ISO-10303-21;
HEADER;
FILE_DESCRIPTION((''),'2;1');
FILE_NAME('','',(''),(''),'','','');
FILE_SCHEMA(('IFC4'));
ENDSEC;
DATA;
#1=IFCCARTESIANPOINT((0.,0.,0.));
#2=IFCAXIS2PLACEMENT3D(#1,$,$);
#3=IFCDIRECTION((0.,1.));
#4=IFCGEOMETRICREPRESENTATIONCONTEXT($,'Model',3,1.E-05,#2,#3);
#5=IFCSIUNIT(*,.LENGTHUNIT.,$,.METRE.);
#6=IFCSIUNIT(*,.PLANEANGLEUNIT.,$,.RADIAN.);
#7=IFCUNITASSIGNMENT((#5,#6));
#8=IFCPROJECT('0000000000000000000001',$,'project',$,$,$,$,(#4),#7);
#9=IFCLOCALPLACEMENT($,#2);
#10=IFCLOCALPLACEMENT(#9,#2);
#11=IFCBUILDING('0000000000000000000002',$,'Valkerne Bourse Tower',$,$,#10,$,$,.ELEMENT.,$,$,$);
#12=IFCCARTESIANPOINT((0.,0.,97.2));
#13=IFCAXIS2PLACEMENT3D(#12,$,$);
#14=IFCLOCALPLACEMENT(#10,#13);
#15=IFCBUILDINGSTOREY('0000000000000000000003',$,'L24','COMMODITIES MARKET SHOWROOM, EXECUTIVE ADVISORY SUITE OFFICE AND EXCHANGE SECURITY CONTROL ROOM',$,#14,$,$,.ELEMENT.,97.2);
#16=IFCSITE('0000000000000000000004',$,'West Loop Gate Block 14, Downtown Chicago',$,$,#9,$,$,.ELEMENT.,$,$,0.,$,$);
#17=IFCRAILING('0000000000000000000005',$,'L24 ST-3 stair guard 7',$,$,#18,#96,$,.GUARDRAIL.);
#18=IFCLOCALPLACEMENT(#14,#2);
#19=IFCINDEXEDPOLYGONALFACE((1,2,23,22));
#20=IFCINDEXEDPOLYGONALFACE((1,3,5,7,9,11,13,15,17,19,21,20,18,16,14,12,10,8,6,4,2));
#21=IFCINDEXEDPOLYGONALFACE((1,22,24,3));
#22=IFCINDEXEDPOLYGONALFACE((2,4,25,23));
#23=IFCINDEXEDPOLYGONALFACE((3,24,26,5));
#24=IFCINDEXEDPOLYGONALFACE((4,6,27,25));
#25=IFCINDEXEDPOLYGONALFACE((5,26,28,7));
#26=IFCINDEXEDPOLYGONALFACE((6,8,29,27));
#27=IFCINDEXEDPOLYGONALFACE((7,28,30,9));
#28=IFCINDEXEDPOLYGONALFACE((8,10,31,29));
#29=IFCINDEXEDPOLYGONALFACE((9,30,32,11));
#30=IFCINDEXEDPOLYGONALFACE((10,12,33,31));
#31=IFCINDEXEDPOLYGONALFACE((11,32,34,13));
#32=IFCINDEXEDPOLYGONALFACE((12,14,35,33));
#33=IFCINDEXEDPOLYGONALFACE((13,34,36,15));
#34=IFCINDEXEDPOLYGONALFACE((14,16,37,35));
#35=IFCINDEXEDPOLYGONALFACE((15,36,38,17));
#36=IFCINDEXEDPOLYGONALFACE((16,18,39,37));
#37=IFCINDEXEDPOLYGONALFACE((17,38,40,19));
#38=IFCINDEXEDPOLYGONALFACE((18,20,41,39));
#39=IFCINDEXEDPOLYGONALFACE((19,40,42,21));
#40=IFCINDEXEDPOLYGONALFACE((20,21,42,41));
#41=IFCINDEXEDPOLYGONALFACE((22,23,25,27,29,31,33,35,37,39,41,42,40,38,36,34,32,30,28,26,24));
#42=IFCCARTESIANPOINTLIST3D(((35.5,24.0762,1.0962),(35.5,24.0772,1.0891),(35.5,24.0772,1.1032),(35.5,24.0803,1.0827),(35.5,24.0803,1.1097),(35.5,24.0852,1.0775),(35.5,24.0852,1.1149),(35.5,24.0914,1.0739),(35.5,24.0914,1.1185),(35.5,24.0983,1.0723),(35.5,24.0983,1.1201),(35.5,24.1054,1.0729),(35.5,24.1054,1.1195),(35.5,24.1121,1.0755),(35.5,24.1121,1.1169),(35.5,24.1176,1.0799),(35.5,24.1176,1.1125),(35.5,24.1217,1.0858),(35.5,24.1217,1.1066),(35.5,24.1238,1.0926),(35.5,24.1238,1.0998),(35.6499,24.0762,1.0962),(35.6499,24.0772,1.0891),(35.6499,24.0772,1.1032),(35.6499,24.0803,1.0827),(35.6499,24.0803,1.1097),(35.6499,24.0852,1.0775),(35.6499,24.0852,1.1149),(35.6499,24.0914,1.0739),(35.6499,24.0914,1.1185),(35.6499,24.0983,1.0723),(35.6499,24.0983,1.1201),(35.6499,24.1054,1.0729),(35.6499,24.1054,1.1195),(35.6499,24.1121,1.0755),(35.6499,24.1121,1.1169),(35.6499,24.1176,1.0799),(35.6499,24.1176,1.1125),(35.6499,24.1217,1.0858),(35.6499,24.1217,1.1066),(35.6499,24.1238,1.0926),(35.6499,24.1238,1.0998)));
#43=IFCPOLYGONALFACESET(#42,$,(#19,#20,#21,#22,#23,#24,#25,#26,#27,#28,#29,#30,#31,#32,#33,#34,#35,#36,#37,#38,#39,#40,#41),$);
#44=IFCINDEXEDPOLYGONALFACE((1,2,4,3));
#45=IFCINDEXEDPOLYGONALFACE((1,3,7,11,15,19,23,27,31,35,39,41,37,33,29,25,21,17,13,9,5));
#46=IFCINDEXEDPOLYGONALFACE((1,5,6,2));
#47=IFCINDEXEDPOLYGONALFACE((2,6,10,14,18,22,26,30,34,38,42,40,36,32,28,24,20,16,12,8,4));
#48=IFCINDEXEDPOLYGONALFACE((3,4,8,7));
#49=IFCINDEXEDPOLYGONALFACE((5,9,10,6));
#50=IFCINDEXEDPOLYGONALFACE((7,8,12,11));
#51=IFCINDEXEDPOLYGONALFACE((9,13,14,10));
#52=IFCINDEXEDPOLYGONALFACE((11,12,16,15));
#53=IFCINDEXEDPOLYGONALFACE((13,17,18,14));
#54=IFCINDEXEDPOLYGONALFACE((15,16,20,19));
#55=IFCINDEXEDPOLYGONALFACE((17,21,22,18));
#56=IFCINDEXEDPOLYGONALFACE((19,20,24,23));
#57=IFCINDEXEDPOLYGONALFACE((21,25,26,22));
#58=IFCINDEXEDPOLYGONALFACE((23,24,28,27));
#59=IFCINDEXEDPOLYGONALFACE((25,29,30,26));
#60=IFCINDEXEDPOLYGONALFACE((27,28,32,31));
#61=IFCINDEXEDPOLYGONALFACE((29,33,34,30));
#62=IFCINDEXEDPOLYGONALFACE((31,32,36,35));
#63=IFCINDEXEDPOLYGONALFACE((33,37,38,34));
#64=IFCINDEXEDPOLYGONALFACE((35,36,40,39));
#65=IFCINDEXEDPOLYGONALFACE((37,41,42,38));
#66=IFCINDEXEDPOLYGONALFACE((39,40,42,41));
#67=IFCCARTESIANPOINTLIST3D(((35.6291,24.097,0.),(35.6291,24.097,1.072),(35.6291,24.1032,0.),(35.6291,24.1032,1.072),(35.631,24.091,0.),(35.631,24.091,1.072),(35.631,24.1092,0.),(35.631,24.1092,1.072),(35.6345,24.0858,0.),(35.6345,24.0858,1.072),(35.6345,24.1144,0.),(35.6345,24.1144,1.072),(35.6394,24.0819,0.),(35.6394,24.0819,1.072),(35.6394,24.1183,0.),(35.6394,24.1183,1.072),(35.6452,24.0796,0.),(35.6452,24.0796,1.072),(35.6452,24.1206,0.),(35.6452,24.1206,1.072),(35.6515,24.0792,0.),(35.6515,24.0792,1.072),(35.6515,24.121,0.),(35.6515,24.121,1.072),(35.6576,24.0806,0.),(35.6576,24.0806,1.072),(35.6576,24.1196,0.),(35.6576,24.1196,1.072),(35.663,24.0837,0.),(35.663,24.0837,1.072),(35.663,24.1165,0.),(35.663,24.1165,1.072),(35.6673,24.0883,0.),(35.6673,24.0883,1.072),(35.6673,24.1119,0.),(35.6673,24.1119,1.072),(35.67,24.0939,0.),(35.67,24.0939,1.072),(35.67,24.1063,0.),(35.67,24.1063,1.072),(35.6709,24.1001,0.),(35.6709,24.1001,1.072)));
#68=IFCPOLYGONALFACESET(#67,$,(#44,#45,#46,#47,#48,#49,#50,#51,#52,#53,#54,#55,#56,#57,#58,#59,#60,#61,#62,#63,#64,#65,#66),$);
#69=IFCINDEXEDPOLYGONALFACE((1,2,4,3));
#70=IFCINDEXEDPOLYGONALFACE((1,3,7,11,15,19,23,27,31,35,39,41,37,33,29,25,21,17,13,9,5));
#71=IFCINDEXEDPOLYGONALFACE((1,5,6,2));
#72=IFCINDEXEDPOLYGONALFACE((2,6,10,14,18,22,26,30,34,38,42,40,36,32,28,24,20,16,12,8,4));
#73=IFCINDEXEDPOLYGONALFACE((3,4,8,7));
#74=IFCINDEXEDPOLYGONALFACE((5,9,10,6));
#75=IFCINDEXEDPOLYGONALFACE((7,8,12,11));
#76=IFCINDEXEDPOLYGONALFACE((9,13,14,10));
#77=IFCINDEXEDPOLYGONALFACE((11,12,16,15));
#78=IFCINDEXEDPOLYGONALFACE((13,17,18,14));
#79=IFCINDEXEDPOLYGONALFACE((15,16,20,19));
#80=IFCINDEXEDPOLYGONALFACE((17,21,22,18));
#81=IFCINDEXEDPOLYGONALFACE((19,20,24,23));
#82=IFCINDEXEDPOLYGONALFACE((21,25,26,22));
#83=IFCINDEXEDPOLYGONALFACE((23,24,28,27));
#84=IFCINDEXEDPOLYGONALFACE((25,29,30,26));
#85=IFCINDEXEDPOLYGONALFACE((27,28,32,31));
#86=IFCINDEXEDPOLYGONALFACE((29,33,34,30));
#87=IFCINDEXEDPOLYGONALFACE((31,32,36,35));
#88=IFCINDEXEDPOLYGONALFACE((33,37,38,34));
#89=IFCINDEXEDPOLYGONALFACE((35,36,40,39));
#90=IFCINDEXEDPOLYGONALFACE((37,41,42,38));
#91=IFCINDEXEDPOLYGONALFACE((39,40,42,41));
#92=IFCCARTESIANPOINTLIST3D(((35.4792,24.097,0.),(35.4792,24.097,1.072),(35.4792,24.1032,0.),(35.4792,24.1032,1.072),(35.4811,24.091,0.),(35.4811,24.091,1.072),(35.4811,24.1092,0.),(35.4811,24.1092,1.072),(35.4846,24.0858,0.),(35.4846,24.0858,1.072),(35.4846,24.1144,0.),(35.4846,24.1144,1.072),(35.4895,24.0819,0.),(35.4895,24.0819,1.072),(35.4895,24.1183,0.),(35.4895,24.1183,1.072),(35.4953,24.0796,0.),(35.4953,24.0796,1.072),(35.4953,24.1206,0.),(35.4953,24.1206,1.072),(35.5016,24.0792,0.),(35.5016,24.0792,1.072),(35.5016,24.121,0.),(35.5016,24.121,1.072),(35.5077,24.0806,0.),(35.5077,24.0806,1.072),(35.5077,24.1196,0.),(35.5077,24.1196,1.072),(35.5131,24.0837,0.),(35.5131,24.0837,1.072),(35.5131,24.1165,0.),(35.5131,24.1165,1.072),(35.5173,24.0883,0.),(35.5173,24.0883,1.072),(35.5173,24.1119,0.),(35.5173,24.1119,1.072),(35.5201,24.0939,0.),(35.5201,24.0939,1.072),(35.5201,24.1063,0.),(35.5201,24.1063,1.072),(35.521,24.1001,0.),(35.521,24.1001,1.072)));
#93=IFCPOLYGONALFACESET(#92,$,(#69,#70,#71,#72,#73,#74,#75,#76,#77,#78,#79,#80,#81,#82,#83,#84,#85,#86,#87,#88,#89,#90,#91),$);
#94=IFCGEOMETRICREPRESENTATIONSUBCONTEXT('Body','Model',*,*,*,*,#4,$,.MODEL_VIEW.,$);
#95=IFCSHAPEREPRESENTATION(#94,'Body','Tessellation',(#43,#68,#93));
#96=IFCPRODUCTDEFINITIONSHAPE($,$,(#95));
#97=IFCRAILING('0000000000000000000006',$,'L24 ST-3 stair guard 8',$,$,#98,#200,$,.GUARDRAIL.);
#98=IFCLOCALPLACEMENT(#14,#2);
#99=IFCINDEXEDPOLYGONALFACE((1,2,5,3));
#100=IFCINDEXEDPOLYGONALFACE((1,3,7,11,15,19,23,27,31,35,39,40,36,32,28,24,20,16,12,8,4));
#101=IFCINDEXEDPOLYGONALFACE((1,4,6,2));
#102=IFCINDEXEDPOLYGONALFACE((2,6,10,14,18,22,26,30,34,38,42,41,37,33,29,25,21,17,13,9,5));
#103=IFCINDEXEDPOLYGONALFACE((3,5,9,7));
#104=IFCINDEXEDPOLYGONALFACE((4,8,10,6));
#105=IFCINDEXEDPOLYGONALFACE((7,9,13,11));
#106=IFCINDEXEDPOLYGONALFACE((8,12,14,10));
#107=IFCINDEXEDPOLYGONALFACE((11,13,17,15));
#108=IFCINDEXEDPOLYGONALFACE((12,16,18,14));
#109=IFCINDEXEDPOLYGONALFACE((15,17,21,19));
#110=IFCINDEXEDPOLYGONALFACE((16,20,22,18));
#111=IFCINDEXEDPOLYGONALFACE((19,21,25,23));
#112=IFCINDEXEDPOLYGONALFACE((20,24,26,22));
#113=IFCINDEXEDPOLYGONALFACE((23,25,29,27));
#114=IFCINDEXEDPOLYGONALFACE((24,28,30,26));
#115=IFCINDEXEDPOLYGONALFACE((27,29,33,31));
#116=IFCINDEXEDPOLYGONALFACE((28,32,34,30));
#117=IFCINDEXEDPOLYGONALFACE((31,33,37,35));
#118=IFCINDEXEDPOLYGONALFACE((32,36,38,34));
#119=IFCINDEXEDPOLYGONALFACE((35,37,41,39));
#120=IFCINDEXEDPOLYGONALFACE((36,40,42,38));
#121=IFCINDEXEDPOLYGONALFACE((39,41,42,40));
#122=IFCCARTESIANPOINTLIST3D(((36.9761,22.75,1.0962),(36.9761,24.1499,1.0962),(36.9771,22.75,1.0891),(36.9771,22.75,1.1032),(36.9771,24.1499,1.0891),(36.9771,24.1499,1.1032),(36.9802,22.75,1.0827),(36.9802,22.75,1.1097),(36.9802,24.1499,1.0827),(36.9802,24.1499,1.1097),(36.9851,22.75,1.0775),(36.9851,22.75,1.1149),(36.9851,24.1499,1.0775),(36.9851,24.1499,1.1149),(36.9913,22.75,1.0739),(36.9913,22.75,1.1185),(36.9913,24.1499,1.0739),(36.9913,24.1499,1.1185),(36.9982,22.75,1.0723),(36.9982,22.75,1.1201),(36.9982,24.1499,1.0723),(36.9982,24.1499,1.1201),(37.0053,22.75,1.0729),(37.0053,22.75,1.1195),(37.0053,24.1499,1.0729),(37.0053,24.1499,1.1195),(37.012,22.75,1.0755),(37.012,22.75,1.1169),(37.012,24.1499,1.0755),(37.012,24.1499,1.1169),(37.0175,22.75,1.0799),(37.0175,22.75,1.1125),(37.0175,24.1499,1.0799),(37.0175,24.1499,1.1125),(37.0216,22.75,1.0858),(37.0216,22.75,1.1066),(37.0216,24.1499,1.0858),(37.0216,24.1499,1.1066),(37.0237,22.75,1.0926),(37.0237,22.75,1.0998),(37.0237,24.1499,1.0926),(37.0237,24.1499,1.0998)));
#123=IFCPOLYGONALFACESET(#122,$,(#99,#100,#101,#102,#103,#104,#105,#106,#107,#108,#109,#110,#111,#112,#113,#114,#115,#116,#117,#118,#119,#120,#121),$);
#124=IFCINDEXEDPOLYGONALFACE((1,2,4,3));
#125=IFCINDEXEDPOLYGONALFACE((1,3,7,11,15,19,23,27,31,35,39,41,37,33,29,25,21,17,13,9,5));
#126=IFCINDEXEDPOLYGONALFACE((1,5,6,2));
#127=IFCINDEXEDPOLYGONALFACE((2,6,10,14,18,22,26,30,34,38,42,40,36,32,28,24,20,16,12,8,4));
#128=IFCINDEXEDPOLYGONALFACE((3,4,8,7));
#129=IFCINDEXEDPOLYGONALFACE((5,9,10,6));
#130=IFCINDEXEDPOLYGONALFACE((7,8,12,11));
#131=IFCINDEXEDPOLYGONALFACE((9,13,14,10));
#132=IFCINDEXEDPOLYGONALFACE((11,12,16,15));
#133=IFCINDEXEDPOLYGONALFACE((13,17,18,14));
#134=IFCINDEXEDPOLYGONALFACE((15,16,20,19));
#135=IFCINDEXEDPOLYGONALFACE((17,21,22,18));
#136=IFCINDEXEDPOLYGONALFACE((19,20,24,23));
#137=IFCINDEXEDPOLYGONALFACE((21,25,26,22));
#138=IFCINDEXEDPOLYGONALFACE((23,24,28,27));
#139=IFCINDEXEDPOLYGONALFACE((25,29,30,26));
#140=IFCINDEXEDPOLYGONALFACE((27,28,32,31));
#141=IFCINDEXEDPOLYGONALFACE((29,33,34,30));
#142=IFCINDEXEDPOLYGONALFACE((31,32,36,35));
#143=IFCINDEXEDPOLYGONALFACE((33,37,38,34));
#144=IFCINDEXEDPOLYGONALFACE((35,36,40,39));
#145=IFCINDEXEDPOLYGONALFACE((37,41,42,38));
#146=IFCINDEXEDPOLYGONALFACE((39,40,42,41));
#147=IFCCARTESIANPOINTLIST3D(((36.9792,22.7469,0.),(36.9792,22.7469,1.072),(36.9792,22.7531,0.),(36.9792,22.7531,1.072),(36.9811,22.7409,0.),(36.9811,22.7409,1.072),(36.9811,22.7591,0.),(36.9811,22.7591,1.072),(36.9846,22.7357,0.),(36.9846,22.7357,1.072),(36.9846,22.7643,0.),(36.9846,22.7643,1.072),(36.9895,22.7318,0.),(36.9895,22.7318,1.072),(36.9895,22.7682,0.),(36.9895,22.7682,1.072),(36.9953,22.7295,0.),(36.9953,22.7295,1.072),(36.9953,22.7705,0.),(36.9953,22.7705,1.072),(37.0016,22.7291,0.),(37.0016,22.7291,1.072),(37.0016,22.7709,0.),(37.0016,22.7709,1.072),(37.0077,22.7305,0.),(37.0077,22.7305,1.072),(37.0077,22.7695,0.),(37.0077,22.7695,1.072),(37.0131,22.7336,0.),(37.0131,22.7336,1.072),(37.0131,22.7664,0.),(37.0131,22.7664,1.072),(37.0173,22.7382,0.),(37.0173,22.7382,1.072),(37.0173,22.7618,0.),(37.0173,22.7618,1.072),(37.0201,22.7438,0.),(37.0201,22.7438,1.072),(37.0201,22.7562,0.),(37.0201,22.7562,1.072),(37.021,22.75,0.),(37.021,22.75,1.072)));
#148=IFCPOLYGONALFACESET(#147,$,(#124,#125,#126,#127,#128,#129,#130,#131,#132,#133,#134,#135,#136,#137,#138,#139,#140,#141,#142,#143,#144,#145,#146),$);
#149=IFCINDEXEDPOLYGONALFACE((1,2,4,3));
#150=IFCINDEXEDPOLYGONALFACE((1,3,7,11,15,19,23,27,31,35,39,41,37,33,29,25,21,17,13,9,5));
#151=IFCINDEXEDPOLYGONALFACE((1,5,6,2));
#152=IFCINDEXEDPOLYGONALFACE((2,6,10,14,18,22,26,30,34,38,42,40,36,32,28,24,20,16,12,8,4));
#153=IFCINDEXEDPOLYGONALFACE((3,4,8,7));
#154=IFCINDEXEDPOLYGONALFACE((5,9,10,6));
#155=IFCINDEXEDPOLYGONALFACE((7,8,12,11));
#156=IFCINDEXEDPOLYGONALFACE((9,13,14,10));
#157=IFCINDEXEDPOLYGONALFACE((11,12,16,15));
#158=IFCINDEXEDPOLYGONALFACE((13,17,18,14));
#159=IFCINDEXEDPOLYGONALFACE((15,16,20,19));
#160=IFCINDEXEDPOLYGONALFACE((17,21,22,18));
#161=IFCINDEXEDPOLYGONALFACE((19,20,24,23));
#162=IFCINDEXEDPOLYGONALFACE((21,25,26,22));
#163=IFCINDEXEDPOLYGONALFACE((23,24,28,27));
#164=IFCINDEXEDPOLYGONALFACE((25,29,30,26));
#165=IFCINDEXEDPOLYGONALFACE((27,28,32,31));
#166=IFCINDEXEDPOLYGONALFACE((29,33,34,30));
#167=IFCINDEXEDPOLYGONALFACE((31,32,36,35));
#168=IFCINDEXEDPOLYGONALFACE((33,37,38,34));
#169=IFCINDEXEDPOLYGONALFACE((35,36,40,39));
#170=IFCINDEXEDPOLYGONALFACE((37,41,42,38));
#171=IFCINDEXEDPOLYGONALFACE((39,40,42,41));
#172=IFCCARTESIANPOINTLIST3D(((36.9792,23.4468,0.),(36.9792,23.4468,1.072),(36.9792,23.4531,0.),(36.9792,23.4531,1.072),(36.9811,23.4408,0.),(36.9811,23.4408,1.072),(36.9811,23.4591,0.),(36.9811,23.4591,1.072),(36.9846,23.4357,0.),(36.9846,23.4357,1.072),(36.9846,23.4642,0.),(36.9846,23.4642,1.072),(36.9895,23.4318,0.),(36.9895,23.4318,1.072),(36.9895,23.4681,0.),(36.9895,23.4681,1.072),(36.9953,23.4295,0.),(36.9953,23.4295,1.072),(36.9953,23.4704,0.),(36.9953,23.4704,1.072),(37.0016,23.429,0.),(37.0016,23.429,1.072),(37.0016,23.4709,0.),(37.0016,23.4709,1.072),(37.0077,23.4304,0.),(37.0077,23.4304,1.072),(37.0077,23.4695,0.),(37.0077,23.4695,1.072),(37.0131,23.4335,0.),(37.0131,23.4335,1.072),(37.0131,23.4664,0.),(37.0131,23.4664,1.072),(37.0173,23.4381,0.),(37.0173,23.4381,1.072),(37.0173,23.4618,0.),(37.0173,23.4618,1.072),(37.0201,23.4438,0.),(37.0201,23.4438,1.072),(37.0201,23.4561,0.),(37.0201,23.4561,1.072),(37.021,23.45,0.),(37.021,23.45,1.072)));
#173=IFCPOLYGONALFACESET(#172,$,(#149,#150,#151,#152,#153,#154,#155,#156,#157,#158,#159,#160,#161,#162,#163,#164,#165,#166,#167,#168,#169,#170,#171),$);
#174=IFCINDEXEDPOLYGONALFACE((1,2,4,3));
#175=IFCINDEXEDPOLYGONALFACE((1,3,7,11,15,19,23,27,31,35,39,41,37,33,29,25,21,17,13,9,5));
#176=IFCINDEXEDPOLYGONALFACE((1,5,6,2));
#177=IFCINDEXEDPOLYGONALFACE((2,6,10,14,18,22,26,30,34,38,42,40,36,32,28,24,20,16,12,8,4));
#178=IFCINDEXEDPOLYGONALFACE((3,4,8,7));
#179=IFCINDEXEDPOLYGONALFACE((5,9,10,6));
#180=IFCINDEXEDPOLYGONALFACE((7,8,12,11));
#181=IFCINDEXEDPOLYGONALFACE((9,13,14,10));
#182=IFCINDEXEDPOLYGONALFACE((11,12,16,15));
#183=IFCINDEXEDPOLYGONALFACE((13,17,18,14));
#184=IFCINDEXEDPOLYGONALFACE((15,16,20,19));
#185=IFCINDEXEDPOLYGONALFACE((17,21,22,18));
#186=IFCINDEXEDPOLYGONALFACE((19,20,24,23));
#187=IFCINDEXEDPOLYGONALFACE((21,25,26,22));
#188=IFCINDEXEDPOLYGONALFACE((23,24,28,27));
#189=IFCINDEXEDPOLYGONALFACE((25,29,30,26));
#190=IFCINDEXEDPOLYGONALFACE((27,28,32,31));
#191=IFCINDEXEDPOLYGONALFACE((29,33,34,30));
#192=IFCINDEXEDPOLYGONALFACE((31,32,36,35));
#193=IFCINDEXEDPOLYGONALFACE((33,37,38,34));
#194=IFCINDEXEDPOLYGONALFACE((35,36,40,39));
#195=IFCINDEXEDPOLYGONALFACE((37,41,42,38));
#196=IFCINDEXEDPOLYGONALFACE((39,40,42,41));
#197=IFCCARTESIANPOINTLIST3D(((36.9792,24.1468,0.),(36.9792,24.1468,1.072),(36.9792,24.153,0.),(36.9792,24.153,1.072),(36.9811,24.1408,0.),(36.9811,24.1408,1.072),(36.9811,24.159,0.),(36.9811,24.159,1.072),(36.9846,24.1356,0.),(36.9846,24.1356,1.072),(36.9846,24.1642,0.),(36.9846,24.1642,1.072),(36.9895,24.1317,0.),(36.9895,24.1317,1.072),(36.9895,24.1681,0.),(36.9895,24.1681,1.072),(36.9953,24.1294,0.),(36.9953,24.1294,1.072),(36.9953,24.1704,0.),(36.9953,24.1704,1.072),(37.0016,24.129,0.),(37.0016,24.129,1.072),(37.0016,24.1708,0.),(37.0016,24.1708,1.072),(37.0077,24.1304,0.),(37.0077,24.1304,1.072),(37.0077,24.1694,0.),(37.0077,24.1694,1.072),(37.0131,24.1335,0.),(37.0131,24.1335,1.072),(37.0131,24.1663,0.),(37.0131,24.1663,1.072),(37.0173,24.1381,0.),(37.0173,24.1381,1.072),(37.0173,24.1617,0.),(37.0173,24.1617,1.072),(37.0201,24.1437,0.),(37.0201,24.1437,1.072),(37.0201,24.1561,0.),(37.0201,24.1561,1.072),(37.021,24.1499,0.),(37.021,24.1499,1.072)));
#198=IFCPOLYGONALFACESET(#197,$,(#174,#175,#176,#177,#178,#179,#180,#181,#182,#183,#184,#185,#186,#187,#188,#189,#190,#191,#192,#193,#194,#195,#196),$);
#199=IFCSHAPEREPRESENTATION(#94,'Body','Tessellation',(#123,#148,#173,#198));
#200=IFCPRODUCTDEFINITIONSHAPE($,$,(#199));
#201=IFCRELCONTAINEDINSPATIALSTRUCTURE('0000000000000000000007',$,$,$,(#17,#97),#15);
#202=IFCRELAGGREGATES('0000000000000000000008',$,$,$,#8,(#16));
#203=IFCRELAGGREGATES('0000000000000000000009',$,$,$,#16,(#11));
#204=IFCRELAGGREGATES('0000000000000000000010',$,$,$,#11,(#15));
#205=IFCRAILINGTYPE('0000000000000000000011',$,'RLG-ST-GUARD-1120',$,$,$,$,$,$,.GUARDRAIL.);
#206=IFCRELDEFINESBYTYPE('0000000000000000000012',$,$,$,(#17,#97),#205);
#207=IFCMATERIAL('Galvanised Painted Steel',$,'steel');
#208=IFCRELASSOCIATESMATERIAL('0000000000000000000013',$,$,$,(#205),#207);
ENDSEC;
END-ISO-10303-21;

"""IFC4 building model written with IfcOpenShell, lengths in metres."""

from ifc_helpers import new_model, si_unit, direction, frame, origin, origin_2d, place, context, subcontext, project, spatial, circle, extrude, material, type_object, element, save


model = new_model("IFC4")

# Units and contexts
model_context = context("Model", 3, precision=1e-05, world=origin(), true_north=direction((0.0, 1.0)))
body_context = subcontext(model_context, "Body", "Model", "MODEL_VIEW")
ifc_project = project(units=[si_unit("LENGTHUNIT", "METRE"), si_unit("PLANEANGLEUNIT", "RADIAN")], contexts=[model_context])

# Site, building, storey
site_placement = place(None, origin())
site = spatial("IfcSite", under=ifc_project, at=site_placement, Name="West Loop Gate Block 14, Downtown Chicago", CompositionType="ELEMENT", RefElevation=0.0)
building_placement = place(site_placement, origin())
building = spatial("IfcBuilding", under=site, at=building_placement, Name="Valkerne Bourse Tower", CompositionType="ELEMENT")
storey_placement = place(building_placement, frame((0.0, 0.0, 97.2)))
storey = spatial("IfcBuildingStorey", under=building, at=storey_placement, Name="L24", Description="COMMODITIES MARKET SHOWROOM, EXECUTIVE ADVISORY SUITE OFFICE AND EXCHANGE SECURITY CONTROL ROOM", CompositionType="ELEMENT", Elevation=97.2)

# Shared definitions
ifc_material_1 = material(Name="Galvanised Painted Steel", Category="steel")

# Railings
railing_type_1 = type_object("IfcRailingType", Name="RLG-ST-GUARD-1120", PredefinedType="GUARDRAIL", material=ifc_material_1)
railing_1_placement = place(storey_placement, frame((35.6499, 24.1001, 0.0)))
element("IfcRailing", 1, at=railing_1_placement, inside=storey, type_object=railing_type_1, Name="L24 ST-3 stair guard 7", PredefinedType="GUARDRAIL", context=body_context, shape_type="SweptSolid", body=[
    extrude(circle(Radius=0.0239, at=origin_2d()), frame((0.0, 0.0, 1.0962), z_axis=(-1.0, 0.0, 0.0), x_axis=(0.0, -1.0, 0.0)), (0.0, 0.0, 1.0), 0.1499),
    extrude(circle(Radius=0.021, at=origin_2d()), origin(), (0.0, 0.0, 1.0), 1.072),
    extrude(circle(Radius=0.021, at=origin_2d()), frame((-0.1499, 0.0, 0.0)), (0.0, 0.0, 1.0), 1.072),
])
for number, where, name in (
    (2, (37.0, 22.75, 0.0), "L24 ST-3 stair guard 8"),
):
    element("IfcRailing", number, at=place(storey_placement, frame(where)), inside=storey, type_object=railing_type_1, Name=name, PredefinedType="GUARDRAIL", context=body_context, shape_type="SweptSolid", body=[
        extrude(circle(Radius=0.0239, at=origin_2d()), frame((0.0, 0.0, 1.0962), z_axis=(0.0, 1.0, 0.0), x_axis=(-1.0, 0.0, 0.0)), (0.0, 0.0, 1.0), 1.3999),
        extrude(circle(Radius=0.021, at=origin_2d()), origin(), (0.0, 0.0, 1.0), 1.072),
        extrude(circle(Radius=0.021, at=origin_2d()), frame((0.0, 0.7, 0.0)), (0.0, 0.0, 1.0), 1.072),
        extrude(circle(Radius=0.021, at=origin_2d()), frame((0.0, 1.3999, 0.0)), (0.0, 0.0, 1.0), 1.072),
    ])

save(model, "model.ifc")
